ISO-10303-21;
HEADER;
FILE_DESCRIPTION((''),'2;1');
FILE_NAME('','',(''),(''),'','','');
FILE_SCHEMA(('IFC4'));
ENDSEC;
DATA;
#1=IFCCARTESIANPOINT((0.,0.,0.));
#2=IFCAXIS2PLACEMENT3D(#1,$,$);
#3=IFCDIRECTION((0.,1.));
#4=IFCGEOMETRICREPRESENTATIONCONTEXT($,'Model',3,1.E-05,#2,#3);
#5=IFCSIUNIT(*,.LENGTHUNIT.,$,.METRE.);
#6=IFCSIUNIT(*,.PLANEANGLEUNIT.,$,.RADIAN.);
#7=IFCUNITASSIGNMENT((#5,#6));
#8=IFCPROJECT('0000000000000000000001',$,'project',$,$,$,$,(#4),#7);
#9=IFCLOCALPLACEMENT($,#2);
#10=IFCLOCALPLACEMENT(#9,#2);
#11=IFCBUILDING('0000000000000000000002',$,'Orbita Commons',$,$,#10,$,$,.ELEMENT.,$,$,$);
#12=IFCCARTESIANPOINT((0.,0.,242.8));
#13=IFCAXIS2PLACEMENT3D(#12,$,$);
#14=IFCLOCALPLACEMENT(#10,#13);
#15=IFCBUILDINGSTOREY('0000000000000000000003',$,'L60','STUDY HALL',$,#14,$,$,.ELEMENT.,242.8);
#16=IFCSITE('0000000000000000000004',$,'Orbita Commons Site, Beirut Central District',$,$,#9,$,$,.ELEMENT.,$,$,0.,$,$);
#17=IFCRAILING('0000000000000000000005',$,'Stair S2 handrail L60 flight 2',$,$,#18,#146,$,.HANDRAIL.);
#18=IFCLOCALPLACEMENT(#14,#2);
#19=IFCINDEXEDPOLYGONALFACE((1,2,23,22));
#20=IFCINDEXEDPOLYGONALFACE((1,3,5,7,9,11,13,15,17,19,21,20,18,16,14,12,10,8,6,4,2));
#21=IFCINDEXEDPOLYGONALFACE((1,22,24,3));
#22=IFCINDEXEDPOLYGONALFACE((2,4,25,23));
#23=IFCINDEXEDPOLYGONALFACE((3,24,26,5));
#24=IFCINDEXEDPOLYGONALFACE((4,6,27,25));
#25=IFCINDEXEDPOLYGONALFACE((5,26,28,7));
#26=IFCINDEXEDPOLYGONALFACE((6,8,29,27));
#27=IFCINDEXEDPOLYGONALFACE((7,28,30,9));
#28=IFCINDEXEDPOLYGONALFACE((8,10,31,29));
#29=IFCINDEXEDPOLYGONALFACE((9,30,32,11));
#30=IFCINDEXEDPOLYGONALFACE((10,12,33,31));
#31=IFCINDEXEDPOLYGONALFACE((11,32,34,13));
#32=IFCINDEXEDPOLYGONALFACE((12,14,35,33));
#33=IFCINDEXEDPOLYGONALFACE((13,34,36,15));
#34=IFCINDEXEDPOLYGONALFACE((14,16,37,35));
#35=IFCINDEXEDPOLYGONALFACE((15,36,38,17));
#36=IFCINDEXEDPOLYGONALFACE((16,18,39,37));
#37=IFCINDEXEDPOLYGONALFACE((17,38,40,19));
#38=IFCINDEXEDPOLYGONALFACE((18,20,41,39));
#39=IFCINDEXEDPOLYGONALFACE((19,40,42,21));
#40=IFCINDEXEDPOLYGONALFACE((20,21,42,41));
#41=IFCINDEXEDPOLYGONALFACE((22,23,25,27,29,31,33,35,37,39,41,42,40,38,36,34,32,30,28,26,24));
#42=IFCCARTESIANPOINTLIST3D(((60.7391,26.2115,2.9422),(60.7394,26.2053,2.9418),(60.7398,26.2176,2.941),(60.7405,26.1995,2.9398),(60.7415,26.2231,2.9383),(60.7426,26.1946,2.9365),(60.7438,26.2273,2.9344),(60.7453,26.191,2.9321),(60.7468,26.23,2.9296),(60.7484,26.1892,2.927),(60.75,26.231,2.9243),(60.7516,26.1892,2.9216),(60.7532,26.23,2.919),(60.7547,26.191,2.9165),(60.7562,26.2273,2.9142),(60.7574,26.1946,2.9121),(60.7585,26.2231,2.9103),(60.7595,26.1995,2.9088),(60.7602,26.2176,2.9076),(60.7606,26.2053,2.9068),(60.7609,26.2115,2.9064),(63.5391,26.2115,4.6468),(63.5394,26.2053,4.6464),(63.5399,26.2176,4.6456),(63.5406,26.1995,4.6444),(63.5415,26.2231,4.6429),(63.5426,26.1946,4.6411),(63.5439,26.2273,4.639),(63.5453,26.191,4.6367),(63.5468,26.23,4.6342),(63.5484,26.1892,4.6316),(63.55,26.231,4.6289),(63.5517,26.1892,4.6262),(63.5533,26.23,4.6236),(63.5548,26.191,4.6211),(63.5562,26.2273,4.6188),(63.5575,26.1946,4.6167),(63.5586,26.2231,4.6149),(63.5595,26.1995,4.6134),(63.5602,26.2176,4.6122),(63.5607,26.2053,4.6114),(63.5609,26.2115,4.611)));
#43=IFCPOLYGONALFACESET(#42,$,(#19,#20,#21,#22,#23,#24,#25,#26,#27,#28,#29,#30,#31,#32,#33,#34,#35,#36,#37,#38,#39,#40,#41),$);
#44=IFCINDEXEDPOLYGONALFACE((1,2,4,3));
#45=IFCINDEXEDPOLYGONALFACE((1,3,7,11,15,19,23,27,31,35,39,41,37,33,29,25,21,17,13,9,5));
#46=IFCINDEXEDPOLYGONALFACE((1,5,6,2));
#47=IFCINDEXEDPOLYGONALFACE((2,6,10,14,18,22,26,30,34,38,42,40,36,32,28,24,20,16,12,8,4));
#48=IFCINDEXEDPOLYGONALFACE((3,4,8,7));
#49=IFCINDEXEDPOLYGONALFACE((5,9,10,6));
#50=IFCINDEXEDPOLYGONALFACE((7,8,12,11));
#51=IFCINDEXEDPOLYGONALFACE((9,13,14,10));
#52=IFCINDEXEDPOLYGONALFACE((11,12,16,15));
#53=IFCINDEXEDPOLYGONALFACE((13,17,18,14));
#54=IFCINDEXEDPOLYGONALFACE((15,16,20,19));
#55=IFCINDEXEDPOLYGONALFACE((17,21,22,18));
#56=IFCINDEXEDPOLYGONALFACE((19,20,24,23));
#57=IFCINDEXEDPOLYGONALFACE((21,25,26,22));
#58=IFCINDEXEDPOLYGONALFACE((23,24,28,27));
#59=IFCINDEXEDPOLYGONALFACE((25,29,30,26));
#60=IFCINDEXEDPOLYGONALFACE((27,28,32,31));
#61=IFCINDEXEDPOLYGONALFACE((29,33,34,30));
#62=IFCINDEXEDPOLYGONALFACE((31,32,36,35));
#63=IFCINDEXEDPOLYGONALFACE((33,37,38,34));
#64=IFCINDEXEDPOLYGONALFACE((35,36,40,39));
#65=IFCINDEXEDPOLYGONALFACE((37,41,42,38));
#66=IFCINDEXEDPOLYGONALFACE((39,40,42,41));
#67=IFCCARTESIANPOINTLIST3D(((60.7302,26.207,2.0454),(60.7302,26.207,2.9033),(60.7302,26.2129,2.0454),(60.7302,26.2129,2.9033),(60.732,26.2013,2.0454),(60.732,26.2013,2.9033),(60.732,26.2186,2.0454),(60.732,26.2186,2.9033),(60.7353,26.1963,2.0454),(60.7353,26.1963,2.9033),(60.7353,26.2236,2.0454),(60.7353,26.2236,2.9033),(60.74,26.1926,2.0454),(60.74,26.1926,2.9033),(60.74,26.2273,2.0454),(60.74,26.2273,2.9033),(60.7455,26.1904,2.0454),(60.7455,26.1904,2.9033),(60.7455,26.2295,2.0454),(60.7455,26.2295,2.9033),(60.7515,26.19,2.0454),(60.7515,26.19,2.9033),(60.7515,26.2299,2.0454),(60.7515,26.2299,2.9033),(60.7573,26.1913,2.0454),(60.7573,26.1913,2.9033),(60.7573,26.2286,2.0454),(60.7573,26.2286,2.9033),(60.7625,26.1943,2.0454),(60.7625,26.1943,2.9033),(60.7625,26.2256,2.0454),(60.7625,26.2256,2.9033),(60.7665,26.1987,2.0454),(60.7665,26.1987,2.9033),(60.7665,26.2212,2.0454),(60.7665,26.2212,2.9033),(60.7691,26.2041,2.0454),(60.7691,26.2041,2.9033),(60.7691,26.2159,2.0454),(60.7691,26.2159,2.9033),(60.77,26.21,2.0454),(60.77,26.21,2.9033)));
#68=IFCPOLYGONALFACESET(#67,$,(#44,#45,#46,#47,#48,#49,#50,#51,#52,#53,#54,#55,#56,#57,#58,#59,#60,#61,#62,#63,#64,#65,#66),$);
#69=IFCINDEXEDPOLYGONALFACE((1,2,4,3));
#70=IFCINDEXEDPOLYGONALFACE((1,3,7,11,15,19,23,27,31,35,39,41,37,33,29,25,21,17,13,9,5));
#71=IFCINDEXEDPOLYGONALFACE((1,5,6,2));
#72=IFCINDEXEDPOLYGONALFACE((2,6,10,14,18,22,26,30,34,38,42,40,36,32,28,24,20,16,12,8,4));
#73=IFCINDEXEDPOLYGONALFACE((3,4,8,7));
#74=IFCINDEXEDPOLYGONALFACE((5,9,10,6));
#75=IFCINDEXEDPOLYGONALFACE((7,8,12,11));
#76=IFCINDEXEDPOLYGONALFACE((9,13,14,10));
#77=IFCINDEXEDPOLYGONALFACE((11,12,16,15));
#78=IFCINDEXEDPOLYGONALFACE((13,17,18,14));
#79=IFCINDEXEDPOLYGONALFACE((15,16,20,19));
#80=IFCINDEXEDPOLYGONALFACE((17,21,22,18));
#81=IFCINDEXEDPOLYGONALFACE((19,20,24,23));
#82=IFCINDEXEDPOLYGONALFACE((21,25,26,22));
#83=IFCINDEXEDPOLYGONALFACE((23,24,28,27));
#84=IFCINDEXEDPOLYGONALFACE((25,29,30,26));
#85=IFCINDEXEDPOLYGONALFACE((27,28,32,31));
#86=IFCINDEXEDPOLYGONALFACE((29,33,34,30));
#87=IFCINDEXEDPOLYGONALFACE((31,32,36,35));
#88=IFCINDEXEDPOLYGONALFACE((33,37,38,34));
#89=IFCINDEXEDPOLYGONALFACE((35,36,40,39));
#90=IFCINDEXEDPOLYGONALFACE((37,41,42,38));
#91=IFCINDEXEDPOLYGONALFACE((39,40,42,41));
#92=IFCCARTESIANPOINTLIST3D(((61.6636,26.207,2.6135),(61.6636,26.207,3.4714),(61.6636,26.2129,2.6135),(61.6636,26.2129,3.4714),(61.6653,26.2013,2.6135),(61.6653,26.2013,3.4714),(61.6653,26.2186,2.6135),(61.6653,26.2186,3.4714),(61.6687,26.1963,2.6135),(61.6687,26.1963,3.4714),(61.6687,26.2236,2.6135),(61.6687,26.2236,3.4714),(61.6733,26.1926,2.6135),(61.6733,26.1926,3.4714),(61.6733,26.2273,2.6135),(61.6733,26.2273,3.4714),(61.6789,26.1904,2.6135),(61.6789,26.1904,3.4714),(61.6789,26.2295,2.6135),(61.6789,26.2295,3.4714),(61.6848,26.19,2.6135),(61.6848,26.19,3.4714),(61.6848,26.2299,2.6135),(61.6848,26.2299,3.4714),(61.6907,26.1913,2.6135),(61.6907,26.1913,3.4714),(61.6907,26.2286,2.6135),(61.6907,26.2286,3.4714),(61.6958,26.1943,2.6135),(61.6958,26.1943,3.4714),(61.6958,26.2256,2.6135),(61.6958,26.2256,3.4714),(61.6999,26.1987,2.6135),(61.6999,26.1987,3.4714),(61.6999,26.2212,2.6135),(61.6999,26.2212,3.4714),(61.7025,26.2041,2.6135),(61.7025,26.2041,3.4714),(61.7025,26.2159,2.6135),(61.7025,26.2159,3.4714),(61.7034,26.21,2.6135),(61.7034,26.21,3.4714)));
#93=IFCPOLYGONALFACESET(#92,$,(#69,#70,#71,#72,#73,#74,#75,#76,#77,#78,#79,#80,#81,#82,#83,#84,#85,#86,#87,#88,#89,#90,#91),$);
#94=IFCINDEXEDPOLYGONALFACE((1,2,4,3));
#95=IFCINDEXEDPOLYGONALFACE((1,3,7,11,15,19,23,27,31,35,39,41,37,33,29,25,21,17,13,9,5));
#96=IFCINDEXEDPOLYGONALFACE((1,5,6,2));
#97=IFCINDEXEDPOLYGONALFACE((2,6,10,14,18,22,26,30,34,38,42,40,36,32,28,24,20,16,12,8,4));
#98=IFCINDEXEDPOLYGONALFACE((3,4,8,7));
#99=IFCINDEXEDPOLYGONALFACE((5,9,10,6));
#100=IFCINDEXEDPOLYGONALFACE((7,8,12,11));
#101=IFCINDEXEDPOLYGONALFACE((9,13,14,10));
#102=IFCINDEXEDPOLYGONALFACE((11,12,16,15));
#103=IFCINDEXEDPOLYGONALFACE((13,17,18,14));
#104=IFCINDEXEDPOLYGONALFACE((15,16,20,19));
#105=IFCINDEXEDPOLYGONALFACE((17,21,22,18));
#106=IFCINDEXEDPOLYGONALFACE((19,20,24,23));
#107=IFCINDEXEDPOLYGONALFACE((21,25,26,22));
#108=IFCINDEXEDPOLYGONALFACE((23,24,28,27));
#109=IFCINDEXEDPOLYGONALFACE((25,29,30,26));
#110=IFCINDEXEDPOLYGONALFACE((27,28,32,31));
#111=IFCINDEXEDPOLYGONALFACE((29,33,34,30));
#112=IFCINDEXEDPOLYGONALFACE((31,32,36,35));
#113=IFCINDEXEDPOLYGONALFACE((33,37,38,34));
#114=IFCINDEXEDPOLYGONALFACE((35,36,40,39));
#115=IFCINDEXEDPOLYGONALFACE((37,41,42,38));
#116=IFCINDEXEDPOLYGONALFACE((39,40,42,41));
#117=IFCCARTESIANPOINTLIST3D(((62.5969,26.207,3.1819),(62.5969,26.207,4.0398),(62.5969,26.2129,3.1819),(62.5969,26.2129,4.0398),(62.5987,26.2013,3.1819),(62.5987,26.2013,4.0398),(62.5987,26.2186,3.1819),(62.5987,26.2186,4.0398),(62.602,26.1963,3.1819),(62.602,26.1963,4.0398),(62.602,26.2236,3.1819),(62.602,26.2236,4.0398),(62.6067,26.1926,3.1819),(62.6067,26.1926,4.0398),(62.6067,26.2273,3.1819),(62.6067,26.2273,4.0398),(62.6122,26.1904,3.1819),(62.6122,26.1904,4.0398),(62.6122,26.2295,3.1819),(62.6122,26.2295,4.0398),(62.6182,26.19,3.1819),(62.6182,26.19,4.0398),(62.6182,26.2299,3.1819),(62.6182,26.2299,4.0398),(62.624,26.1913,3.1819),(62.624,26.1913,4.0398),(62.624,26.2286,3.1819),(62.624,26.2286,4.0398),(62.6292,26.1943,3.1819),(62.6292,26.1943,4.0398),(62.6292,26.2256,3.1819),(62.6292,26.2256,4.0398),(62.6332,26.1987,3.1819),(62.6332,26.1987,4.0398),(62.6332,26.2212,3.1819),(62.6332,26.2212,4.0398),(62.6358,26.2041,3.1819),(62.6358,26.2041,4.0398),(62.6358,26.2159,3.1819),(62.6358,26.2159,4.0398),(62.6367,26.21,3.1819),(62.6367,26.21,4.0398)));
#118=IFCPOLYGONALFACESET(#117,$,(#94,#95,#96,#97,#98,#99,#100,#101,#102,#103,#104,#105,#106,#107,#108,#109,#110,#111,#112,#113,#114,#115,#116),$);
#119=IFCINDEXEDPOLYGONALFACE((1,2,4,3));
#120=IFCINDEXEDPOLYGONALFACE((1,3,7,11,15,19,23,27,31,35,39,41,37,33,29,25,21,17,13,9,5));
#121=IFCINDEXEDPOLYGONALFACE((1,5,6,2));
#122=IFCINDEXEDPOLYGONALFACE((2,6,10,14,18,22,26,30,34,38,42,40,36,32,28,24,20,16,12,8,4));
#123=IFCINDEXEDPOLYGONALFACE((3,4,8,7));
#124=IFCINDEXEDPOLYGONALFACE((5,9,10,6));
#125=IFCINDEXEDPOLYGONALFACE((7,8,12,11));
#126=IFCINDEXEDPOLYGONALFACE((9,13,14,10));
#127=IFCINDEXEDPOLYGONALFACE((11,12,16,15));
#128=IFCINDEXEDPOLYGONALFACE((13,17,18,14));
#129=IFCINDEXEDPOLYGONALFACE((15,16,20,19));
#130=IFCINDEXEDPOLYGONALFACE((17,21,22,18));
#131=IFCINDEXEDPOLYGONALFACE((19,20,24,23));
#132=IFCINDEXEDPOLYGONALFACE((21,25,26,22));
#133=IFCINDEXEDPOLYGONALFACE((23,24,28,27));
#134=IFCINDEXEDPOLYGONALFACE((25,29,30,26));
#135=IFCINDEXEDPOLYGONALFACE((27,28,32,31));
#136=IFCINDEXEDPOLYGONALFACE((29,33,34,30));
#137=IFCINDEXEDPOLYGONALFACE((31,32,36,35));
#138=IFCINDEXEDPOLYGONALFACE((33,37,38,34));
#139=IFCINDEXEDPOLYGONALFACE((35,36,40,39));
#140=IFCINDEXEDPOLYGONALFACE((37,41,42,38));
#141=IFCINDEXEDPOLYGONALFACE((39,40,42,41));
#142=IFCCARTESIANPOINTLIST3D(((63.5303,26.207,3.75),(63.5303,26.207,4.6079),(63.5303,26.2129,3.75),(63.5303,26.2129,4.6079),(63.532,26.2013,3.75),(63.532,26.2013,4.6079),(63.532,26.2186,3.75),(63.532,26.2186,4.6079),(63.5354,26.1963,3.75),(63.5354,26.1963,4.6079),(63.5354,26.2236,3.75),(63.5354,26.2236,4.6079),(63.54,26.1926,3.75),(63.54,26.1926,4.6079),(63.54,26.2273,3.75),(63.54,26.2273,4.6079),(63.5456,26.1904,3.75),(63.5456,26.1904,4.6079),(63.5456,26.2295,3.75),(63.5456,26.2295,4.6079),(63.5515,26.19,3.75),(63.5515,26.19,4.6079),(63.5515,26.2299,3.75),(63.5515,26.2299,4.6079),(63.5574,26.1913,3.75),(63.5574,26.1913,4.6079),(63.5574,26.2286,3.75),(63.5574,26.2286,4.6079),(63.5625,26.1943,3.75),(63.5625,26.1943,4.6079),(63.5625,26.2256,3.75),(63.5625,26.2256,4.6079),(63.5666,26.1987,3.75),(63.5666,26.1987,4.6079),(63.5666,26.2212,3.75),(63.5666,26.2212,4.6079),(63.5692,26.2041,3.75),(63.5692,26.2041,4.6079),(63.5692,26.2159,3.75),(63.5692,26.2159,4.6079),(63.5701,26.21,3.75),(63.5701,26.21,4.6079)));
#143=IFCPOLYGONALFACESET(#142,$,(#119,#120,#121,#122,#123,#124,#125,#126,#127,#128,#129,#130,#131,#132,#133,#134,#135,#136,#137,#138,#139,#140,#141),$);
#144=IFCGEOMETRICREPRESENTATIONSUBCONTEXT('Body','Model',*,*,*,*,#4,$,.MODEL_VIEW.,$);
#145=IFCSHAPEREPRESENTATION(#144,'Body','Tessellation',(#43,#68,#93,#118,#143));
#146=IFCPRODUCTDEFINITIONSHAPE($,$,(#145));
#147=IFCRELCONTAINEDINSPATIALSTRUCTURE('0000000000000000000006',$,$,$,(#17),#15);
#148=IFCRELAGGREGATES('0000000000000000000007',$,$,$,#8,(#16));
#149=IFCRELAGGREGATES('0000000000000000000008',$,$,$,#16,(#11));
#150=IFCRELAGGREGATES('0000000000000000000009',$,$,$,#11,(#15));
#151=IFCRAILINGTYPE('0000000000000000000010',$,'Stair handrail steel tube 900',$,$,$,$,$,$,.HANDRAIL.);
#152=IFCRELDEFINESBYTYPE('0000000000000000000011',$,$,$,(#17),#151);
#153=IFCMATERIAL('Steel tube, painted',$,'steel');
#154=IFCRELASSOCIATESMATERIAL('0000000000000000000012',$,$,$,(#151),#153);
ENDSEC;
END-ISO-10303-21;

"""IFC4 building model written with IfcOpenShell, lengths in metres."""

from ifc_helpers import new_model, si_unit, direction, frame, origin, origin_2d, place, context, subcontext, project, spatial, circle, extrude, material, type_object, element, save


model = new_model("IFC4")

# Units and contexts
model_context = context("Model", 3, precision=1e-05, world=origin(), true_north=direction((0.0, 1.0)))
body_context = subcontext(model_context, "Body", "Model", "MODEL_VIEW")
ifc_project = project(units=[si_unit("LENGTHUNIT", "METRE"), si_unit("PLANEANGLEUNIT", "RADIAN")], contexts=[model_context])

# Site, building, storey
site_placement = place(None, origin())
site = spatial("IfcSite", under=ifc_project, at=site_placement, Name="Orbita Commons Site, Beirut Central District", CompositionType="ELEMENT", RefElevation=0.0)
building_placement = place(site_placement, origin())
building = spatial("IfcBuilding", under=site, at=building_placement, Name="Orbita Commons", CompositionType="ELEMENT")
storey_placement = place(building_placement, frame((0.0, 0.0, 242.8)))
storey = spatial("IfcBuildingStorey", under=building, at=storey_placement, Name="L60", Description="STUDY HALL", CompositionType="ELEMENT", Elevation=242.8)

# Railing
ifc_material_1 = material(Name="Steel tube, painted", Category="steel")
railing_type = type_object("IfcRailingType", Name="Stair handrail steel tube 900", PredefinedType="HANDRAIL", material=ifc_material_1)
for number, where, name in (
    (1, (60.75, 26.21, 2.0454), "Stair S2 handrail L60 flight 2"),
):
    element("IfcRailing", number, at=place(storey_placement, frame(where)), inside=storey, type_object=railing_type, Name=name, PredefinedType="HANDRAIL", context=body_context, shape_type="SweptSolid", body=[
        extrude(circle(Radius=0.021, at=origin_2d()), frame((0.0, 0.0, 0.8789), z_axis=(0.85417, 0.0, 0.519994), x_axis=(0.0, 1.0, 0.0)), (0.0, 0.0, 1.0), 3.2781),
        extrude(circle(Radius=0.02, at=origin_2d()), origin(), (0.0, 0.0, 1.0), 0.8579),
        extrude(circle(Radius=0.02, at=origin_2d()), frame((0.9333, 0.0, 0.5681)), (0.0, 0.0, 1.0), 0.8579),
        extrude(circle(Radius=0.02, at=origin_2d()), frame((1.8667, 0.0, 1.1365)), (0.0, 0.0, 1.0), 0.8579),
        extrude(circle(Radius=0.02, at=origin_2d()), frame((2.8, 0.0, 1.7046)), (0.0, 0.0, 1.0), 0.8579),
    ])

save(model, "model.ifc")
